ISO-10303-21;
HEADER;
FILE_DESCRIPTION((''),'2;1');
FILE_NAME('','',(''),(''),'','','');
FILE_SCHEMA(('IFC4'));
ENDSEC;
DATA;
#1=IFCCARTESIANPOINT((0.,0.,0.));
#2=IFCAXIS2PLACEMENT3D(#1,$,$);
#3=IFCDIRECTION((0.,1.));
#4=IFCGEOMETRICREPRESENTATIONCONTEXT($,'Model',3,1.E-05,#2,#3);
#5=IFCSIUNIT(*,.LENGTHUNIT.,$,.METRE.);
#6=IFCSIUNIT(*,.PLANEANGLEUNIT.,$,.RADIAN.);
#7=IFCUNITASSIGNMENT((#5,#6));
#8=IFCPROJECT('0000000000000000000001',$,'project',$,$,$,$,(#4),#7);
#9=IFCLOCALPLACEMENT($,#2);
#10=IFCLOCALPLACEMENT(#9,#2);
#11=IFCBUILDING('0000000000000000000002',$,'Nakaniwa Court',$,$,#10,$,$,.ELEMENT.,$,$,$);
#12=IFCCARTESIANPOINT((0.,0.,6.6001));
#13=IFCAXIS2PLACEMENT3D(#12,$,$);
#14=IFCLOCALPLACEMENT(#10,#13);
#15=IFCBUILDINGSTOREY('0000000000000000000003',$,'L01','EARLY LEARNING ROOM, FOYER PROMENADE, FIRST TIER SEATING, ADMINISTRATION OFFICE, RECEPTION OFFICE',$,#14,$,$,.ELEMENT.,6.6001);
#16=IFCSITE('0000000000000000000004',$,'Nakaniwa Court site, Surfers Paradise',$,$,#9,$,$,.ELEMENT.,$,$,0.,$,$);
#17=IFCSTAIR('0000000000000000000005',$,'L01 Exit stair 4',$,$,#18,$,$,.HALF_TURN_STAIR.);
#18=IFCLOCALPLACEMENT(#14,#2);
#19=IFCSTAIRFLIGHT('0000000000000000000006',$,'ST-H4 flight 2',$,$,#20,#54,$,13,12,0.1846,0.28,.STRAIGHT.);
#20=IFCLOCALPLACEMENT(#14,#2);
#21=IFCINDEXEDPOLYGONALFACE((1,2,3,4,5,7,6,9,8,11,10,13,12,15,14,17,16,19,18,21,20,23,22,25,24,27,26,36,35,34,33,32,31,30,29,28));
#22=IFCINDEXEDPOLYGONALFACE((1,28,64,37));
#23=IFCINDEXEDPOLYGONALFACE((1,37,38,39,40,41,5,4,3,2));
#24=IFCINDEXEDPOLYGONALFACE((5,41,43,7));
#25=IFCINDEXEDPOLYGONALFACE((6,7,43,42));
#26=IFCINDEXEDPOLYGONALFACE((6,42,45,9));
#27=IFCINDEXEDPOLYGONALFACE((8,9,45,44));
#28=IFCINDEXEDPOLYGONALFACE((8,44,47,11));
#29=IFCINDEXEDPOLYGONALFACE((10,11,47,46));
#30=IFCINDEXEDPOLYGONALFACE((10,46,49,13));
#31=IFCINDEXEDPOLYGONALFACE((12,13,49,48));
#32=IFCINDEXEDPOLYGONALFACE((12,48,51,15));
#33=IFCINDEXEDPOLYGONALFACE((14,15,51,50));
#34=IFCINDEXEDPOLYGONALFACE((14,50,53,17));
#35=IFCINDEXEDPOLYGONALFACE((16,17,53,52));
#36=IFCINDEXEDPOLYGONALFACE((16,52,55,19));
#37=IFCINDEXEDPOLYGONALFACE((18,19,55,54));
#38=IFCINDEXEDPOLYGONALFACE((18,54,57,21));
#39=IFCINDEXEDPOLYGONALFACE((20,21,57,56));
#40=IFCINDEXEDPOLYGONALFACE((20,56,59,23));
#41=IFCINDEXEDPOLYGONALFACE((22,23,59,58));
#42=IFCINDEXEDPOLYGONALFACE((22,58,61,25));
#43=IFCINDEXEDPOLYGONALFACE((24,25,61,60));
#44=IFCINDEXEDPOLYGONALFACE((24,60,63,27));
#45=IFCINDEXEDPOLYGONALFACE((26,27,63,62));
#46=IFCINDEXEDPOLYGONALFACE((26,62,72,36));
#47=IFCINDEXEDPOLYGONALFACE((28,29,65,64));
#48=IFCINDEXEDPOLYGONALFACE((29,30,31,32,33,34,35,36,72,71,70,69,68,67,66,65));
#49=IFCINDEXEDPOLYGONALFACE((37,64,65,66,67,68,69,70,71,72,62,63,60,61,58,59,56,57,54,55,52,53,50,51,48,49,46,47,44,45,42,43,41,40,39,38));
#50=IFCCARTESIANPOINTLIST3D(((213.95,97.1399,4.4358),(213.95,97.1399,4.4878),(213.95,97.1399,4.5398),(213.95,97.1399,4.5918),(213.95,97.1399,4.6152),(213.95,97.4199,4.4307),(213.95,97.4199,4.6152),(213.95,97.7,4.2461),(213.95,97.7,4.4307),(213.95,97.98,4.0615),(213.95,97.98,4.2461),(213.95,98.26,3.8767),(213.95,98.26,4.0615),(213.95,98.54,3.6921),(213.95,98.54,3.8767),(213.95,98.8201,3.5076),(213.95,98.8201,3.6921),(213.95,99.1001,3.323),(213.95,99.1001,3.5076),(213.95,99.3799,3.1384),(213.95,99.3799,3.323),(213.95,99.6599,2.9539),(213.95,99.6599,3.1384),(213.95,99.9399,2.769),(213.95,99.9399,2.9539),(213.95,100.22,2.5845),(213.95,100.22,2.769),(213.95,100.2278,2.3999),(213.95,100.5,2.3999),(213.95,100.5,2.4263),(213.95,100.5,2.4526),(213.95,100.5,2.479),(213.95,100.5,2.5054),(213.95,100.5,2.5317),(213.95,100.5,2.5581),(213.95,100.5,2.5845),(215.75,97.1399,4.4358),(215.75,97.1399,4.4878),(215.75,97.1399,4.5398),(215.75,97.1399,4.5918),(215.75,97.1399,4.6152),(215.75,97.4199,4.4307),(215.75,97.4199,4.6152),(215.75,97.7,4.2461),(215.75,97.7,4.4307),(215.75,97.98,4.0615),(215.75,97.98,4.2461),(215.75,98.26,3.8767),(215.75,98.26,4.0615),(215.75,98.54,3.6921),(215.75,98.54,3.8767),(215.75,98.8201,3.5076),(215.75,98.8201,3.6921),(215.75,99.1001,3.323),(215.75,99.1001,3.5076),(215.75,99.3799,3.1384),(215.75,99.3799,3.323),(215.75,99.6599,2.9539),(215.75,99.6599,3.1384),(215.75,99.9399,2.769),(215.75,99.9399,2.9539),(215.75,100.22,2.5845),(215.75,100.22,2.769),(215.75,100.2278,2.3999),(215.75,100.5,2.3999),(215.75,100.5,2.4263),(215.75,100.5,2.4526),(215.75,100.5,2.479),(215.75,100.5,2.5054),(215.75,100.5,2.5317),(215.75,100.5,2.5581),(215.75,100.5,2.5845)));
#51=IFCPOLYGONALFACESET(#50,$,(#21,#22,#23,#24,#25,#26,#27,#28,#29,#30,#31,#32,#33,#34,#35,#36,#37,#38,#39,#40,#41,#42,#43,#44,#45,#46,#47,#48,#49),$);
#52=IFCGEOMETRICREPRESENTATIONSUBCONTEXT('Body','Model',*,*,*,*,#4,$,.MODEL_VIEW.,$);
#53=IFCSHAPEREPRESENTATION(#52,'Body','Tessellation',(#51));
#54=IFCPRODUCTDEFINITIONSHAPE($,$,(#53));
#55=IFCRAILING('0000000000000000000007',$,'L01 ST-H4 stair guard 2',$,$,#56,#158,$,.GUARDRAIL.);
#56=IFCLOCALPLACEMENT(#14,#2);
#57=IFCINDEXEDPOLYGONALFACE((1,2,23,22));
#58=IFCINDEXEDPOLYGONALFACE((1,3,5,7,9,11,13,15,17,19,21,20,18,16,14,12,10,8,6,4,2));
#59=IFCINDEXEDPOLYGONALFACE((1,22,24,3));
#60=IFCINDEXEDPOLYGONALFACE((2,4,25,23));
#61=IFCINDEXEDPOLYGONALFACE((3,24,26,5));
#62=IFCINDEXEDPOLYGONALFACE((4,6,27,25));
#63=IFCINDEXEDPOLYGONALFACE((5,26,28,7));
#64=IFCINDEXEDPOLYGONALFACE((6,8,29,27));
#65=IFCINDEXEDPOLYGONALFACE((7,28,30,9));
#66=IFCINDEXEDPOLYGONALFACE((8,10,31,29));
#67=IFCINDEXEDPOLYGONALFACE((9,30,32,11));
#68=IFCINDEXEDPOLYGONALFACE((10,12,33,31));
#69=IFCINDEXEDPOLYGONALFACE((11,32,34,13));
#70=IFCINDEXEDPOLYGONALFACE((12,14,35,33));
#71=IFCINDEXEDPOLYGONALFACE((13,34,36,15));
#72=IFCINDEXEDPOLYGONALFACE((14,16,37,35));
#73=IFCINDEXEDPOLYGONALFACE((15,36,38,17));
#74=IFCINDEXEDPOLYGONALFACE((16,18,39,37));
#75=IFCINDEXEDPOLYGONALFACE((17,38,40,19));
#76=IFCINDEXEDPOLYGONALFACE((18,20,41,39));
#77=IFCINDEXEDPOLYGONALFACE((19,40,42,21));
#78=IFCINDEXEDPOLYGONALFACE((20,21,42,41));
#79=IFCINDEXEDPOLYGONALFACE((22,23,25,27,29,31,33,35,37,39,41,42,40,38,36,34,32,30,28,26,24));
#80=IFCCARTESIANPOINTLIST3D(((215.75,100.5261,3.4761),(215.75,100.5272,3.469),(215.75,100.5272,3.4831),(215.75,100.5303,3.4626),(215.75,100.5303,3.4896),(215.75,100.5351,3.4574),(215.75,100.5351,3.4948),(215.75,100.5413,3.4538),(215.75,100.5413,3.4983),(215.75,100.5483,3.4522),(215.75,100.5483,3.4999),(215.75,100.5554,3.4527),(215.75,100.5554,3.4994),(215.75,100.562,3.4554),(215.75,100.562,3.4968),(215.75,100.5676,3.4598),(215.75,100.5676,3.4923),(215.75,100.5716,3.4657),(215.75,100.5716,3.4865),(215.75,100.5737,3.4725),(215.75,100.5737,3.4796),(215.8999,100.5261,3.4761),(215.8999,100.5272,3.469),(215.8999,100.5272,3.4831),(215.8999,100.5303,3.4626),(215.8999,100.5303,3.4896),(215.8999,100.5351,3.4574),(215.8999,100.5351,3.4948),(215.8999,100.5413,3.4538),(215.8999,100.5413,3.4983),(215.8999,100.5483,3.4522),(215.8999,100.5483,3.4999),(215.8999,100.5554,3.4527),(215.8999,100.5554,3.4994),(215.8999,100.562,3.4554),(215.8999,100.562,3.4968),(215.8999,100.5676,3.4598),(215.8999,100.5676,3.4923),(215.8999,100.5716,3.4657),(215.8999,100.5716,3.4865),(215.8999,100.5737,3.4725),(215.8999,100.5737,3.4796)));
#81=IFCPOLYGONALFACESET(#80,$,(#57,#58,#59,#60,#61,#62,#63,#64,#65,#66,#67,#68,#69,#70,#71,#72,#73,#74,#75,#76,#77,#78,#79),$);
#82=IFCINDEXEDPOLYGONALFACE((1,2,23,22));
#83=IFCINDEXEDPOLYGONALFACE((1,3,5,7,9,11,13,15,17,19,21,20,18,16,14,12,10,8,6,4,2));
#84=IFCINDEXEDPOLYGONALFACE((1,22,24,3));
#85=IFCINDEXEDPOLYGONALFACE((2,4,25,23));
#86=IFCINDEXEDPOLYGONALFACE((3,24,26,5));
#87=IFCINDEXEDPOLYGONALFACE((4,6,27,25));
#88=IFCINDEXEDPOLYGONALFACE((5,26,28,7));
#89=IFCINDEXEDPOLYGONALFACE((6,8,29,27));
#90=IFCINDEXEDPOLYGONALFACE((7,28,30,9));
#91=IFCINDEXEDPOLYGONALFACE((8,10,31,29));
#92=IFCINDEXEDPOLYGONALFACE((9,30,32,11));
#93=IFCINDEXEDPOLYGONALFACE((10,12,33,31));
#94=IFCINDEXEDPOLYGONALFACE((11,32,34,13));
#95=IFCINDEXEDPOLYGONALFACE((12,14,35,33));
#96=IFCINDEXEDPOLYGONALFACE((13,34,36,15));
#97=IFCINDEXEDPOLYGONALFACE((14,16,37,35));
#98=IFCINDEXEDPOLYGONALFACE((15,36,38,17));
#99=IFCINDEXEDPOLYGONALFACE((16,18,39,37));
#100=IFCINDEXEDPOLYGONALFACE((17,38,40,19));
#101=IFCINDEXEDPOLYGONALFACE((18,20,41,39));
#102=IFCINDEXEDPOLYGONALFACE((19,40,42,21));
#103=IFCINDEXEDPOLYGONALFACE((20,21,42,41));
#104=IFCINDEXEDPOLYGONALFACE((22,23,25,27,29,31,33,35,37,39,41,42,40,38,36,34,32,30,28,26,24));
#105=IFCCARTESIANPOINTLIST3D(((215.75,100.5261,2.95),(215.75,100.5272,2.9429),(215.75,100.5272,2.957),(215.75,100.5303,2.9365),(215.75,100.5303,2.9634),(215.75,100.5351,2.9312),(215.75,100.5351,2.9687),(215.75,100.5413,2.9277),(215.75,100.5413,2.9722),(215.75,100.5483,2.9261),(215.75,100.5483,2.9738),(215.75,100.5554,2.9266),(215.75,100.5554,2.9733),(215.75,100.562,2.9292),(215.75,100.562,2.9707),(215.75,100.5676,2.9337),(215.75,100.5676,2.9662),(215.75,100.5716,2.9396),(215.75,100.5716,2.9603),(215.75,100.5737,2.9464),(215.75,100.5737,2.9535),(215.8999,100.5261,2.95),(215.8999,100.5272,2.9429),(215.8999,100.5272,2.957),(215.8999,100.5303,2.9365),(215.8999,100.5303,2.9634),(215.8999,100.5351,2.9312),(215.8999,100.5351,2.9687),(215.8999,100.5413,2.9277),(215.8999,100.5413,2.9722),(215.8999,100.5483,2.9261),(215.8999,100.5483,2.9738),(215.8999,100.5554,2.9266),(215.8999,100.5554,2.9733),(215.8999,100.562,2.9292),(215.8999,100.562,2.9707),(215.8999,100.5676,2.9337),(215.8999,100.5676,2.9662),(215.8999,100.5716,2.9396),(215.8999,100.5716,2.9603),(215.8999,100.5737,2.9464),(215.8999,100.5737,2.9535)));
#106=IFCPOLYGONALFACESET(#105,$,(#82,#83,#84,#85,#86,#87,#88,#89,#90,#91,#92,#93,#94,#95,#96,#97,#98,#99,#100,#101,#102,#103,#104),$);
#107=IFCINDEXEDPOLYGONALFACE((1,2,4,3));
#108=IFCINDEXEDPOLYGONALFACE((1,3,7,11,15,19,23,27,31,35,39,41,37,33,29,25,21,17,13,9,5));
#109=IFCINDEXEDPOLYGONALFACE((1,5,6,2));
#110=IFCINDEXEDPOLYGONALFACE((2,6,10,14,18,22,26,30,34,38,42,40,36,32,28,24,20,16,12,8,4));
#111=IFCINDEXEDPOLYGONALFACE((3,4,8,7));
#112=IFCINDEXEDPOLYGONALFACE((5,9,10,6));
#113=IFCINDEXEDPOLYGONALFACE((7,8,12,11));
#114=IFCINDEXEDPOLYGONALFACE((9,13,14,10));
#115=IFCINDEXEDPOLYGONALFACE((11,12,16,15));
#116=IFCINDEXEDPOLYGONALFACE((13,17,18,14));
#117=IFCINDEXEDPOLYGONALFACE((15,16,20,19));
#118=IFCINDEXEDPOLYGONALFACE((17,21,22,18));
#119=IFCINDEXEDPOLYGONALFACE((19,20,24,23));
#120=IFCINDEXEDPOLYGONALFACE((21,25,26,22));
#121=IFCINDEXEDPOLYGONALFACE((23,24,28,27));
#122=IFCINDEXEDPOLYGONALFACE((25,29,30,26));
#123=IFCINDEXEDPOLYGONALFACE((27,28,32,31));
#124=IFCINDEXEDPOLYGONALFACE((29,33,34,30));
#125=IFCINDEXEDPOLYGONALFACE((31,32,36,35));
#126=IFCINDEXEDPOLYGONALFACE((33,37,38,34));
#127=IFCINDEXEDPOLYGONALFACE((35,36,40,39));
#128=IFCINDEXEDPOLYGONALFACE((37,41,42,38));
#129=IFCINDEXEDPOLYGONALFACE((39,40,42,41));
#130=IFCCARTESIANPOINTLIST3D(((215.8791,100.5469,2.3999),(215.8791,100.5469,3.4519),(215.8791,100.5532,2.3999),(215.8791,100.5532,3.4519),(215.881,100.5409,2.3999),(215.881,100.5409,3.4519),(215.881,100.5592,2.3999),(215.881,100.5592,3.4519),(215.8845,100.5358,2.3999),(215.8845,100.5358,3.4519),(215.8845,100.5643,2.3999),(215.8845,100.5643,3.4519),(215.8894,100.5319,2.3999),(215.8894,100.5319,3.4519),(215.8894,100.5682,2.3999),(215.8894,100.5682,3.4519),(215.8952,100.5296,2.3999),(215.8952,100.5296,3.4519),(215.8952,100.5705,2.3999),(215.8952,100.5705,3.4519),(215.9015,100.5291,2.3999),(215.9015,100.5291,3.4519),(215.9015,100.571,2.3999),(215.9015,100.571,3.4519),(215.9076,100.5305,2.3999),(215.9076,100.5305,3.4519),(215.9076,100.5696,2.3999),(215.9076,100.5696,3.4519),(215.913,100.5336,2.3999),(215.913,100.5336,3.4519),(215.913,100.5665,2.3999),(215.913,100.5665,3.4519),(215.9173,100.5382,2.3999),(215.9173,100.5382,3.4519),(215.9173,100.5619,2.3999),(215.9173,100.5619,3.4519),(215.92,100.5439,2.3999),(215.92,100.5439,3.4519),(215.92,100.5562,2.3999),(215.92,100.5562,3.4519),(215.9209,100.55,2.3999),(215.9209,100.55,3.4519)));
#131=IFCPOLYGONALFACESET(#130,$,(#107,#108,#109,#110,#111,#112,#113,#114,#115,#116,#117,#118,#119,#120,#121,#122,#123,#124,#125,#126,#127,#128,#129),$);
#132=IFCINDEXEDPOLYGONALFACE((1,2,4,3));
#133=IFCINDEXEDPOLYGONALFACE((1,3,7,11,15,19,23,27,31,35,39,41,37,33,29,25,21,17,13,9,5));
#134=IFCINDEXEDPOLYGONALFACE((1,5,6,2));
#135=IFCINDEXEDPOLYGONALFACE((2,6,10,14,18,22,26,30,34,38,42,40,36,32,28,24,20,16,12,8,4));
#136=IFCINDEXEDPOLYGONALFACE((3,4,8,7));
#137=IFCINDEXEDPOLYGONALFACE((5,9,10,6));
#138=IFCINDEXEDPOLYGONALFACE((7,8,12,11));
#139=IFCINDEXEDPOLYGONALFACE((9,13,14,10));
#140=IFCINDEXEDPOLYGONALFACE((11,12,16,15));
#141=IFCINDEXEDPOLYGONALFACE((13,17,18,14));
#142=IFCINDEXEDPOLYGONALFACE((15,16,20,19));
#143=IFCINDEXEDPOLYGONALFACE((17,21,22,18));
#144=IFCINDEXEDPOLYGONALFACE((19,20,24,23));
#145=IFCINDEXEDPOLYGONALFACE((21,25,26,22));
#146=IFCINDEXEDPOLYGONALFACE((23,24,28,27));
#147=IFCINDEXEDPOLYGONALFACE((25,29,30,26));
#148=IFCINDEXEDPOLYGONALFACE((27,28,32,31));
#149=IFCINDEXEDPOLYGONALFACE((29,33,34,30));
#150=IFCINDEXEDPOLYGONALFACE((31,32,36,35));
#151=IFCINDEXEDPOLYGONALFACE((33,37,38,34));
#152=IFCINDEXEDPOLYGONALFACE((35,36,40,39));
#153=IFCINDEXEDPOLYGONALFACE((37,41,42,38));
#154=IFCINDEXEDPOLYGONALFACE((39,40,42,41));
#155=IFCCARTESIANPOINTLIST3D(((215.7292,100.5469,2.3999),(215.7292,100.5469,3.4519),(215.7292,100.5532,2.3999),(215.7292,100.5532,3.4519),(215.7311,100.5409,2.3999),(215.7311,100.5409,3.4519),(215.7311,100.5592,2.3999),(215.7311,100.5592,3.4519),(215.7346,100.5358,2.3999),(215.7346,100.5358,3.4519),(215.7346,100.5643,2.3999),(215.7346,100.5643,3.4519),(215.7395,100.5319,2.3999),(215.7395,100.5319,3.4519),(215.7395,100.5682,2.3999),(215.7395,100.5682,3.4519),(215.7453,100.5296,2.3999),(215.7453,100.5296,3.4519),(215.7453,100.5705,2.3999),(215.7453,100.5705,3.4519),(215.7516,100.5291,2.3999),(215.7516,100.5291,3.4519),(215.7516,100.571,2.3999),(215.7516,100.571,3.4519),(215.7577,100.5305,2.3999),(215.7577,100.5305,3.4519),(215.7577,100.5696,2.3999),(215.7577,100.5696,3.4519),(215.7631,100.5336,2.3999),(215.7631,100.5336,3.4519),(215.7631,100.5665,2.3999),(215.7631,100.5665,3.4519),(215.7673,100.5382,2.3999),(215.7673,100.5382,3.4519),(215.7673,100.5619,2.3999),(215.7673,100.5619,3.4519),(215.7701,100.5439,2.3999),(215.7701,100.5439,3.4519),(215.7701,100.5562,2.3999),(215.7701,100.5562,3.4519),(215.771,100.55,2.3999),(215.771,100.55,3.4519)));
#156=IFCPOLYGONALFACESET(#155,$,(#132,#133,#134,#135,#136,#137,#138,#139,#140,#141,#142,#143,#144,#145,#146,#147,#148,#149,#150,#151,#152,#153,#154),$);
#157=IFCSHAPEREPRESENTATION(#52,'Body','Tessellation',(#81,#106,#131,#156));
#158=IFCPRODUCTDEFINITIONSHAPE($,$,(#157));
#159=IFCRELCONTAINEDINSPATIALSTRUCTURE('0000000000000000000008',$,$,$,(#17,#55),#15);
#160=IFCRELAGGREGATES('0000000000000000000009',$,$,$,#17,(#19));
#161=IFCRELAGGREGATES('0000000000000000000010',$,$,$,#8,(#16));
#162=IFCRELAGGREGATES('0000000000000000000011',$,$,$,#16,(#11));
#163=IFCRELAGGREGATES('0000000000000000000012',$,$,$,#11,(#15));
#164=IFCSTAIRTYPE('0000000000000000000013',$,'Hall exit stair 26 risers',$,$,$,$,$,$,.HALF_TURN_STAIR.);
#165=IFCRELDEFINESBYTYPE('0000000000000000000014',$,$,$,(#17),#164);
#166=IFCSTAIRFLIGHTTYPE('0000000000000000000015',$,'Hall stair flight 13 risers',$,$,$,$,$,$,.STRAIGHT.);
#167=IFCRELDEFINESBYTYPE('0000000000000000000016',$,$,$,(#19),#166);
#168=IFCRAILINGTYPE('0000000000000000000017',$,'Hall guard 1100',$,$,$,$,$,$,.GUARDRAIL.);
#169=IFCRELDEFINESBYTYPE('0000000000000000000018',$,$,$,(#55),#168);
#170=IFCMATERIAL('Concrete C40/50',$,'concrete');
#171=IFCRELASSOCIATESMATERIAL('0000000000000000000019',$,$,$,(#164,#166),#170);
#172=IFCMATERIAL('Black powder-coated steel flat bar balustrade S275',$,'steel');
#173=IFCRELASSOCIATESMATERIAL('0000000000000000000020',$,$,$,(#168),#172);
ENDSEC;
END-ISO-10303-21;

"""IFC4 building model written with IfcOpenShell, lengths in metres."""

from ifc_helpers import new_model, si_unit, direction, frame, origin, origin_2d, place, context, subcontext, project, spatial, polyline, circle, outline, extrude, material, type_object, element, aggregate, save


model = new_model("IFC4")

# Units and contexts
model_context = context("Model", 3, precision=1e-05, world=origin(), true_north=direction((0.0, 1.0)))
body_context = subcontext(model_context, "Body", "Model", "MODEL_VIEW")
ifc_project = project(units=[si_unit("LENGTHUNIT", "METRE"), si_unit("PLANEANGLEUNIT", "RADIAN")], contexts=[model_context])

# Site, building, storey
site_placement = place(None, origin())
site = spatial("IfcSite", under=ifc_project, at=site_placement, Name="Nakaniwa Court site, Surfers Paradise", CompositionType="ELEMENT", RefElevation=0.0)
building_placement = place(site_placement, origin())
building = spatial("IfcBuilding", under=site, at=building_placement, Name="Nakaniwa Court", CompositionType="ELEMENT")
storey_placement = place(building_placement, frame((0.0, 0.0, 6.6001)))
storey = spatial("IfcBuildingStorey", under=building, at=storey_placement, Name="L01", Description="EARLY LEARNING ROOM, FOYER PROMENADE, FIRST TIER SEATING, ADMINISTRATION OFFICE, RECEPTION OFFICE", CompositionType="ELEMENT", Elevation=6.6001)

# Shared definitions
ifc_material_1 = material(Name="Concrete C40/50", Category="concrete")

# Stair, stair flight
stair_type = type_object("IfcStairType", Name="Hall exit stair 26 risers", PredefinedType="HALF_TURN_STAIR", material=ifc_material_1)
stair_placement = place(storey_placement, origin())
stair = element("IfcStair", 1, at=stair_placement, inside=storey, type_object=stair_type, Name="L01 Exit stair 4", PredefinedType="HALF_TURN_STAIR")
stair_flight_type = type_object("IfcStairFlightType", Name="Hall stair flight 13 risers", PredefinedType="STRAIGHT", material=ifc_material_1)
stair_flight_1_placement = place(storey_placement, frame((214.8501, 100.5, 2.3999), z_axis=(0.0, 0.0, 1.0), x_axis=(0.0, -1.0, 0.0)))
stair_flight_1 = element("IfcStairFlight", 2, at=stair_flight_1_placement, type_object=stair_flight_type, Name="ST-H4 flight 2", NumberOfRisers=13, NumberOfTreads=12, PredefinedType="STRAIGHT", RiserHeight=0.1846, TreadLength=0.28, context=body_context, shape_type="SweptSolid", body=[
    extrude(outline(polyline([(0.0, 0.0), (0.0, 0.0264), (0.0, 0.0527), (0.0, 0.0791), (0.0, 0.1055), (0.0, 0.1318), (0.0, 0.1582), (0.0, 0.1846), (0.28, 0.1846), (0.28, 0.3691), (0.5601, 0.3691), (0.5601, 0.554), (0.8401, 0.554), (0.8401, 0.7385), (1.1201, 0.7385), (1.1201, 0.9231), (1.3999, 0.9231), (1.3999, 1.1077), (1.6799, 1.1077), (1.6799, 1.2922), (1.96, 1.2922), (1.96, 1.4768), (2.24, 1.4768), (2.24, 1.6616), (2.52, 1.6616), (2.52, 1.8462), (2.8, 1.8462), (2.8, 2.0308), (3.0801, 2.0308), (3.0801, 2.2153), (3.3601, 2.2153), (3.3601, 2.3999), (3.3601, 2.3479), (3.3601, 2.2959), (3.3601, 2.2439), (3.3601, 2.1919), (3.3601, 2.1399), (3.3601, 2.0879), (3.3601, 2.0359), (0.2722, 0.0), (0.0, 0.0)])), frame((0.0, 0.8999, 0.0), z_axis=(0.0, -1.0, 0.0), x_axis=(1.0, 0.0, 0.0)), (0.0, 0.0, 1.0), 1.8),
])
aggregate(stair, [stair_flight_1])

# Railing
ifc_material_2 = material(Name="Black powder-coated steel flat bar balustrade S275", Category="steel")
railing_type_1 = type_object("IfcRailingType", Name="Hall guard 1100", PredefinedType="GUARDRAIL", material=ifc_material_2)
railing_1_placement = place(storey_placement, frame((215.8999, 100.55, 2.3999)))
element("IfcRailing", 3, at=railing_1_placement, inside=storey, type_object=railing_type_1, Name="L01 ST-H4 stair guard 2", PredefinedType="GUARDRAIL", context=body_context, shape_type="SweptSolid", body=[
    extrude(circle(Radius=0.0239, at=origin_2d()), frame((0.0, 0.0, 1.0762), z_axis=(-1.0, 0.0, 0.0), x_axis=(0.0, -1.0, 0.0)), (0.0, 0.0, 1.0), 0.1499),
    extrude(circle(Radius=0.0239, at=origin_2d()), frame((0.0, 0.0, 0.55), z_axis=(-1.0, 0.0, 0.0), x_axis=(0.0, -1.0, 0.0)), (0.0, 0.0, 1.0), 0.1499),
    extrude(circle(Radius=0.021, at=origin_2d()), origin(), (0.0, 0.0, 1.0), 1.052),
    extrude(circle(Radius=0.021, at=origin_2d()), frame((-0.1499, 0.0, 0.0)), (0.0, 0.0, 1.0), 1.052),
])

save(model, "model.ifc")
